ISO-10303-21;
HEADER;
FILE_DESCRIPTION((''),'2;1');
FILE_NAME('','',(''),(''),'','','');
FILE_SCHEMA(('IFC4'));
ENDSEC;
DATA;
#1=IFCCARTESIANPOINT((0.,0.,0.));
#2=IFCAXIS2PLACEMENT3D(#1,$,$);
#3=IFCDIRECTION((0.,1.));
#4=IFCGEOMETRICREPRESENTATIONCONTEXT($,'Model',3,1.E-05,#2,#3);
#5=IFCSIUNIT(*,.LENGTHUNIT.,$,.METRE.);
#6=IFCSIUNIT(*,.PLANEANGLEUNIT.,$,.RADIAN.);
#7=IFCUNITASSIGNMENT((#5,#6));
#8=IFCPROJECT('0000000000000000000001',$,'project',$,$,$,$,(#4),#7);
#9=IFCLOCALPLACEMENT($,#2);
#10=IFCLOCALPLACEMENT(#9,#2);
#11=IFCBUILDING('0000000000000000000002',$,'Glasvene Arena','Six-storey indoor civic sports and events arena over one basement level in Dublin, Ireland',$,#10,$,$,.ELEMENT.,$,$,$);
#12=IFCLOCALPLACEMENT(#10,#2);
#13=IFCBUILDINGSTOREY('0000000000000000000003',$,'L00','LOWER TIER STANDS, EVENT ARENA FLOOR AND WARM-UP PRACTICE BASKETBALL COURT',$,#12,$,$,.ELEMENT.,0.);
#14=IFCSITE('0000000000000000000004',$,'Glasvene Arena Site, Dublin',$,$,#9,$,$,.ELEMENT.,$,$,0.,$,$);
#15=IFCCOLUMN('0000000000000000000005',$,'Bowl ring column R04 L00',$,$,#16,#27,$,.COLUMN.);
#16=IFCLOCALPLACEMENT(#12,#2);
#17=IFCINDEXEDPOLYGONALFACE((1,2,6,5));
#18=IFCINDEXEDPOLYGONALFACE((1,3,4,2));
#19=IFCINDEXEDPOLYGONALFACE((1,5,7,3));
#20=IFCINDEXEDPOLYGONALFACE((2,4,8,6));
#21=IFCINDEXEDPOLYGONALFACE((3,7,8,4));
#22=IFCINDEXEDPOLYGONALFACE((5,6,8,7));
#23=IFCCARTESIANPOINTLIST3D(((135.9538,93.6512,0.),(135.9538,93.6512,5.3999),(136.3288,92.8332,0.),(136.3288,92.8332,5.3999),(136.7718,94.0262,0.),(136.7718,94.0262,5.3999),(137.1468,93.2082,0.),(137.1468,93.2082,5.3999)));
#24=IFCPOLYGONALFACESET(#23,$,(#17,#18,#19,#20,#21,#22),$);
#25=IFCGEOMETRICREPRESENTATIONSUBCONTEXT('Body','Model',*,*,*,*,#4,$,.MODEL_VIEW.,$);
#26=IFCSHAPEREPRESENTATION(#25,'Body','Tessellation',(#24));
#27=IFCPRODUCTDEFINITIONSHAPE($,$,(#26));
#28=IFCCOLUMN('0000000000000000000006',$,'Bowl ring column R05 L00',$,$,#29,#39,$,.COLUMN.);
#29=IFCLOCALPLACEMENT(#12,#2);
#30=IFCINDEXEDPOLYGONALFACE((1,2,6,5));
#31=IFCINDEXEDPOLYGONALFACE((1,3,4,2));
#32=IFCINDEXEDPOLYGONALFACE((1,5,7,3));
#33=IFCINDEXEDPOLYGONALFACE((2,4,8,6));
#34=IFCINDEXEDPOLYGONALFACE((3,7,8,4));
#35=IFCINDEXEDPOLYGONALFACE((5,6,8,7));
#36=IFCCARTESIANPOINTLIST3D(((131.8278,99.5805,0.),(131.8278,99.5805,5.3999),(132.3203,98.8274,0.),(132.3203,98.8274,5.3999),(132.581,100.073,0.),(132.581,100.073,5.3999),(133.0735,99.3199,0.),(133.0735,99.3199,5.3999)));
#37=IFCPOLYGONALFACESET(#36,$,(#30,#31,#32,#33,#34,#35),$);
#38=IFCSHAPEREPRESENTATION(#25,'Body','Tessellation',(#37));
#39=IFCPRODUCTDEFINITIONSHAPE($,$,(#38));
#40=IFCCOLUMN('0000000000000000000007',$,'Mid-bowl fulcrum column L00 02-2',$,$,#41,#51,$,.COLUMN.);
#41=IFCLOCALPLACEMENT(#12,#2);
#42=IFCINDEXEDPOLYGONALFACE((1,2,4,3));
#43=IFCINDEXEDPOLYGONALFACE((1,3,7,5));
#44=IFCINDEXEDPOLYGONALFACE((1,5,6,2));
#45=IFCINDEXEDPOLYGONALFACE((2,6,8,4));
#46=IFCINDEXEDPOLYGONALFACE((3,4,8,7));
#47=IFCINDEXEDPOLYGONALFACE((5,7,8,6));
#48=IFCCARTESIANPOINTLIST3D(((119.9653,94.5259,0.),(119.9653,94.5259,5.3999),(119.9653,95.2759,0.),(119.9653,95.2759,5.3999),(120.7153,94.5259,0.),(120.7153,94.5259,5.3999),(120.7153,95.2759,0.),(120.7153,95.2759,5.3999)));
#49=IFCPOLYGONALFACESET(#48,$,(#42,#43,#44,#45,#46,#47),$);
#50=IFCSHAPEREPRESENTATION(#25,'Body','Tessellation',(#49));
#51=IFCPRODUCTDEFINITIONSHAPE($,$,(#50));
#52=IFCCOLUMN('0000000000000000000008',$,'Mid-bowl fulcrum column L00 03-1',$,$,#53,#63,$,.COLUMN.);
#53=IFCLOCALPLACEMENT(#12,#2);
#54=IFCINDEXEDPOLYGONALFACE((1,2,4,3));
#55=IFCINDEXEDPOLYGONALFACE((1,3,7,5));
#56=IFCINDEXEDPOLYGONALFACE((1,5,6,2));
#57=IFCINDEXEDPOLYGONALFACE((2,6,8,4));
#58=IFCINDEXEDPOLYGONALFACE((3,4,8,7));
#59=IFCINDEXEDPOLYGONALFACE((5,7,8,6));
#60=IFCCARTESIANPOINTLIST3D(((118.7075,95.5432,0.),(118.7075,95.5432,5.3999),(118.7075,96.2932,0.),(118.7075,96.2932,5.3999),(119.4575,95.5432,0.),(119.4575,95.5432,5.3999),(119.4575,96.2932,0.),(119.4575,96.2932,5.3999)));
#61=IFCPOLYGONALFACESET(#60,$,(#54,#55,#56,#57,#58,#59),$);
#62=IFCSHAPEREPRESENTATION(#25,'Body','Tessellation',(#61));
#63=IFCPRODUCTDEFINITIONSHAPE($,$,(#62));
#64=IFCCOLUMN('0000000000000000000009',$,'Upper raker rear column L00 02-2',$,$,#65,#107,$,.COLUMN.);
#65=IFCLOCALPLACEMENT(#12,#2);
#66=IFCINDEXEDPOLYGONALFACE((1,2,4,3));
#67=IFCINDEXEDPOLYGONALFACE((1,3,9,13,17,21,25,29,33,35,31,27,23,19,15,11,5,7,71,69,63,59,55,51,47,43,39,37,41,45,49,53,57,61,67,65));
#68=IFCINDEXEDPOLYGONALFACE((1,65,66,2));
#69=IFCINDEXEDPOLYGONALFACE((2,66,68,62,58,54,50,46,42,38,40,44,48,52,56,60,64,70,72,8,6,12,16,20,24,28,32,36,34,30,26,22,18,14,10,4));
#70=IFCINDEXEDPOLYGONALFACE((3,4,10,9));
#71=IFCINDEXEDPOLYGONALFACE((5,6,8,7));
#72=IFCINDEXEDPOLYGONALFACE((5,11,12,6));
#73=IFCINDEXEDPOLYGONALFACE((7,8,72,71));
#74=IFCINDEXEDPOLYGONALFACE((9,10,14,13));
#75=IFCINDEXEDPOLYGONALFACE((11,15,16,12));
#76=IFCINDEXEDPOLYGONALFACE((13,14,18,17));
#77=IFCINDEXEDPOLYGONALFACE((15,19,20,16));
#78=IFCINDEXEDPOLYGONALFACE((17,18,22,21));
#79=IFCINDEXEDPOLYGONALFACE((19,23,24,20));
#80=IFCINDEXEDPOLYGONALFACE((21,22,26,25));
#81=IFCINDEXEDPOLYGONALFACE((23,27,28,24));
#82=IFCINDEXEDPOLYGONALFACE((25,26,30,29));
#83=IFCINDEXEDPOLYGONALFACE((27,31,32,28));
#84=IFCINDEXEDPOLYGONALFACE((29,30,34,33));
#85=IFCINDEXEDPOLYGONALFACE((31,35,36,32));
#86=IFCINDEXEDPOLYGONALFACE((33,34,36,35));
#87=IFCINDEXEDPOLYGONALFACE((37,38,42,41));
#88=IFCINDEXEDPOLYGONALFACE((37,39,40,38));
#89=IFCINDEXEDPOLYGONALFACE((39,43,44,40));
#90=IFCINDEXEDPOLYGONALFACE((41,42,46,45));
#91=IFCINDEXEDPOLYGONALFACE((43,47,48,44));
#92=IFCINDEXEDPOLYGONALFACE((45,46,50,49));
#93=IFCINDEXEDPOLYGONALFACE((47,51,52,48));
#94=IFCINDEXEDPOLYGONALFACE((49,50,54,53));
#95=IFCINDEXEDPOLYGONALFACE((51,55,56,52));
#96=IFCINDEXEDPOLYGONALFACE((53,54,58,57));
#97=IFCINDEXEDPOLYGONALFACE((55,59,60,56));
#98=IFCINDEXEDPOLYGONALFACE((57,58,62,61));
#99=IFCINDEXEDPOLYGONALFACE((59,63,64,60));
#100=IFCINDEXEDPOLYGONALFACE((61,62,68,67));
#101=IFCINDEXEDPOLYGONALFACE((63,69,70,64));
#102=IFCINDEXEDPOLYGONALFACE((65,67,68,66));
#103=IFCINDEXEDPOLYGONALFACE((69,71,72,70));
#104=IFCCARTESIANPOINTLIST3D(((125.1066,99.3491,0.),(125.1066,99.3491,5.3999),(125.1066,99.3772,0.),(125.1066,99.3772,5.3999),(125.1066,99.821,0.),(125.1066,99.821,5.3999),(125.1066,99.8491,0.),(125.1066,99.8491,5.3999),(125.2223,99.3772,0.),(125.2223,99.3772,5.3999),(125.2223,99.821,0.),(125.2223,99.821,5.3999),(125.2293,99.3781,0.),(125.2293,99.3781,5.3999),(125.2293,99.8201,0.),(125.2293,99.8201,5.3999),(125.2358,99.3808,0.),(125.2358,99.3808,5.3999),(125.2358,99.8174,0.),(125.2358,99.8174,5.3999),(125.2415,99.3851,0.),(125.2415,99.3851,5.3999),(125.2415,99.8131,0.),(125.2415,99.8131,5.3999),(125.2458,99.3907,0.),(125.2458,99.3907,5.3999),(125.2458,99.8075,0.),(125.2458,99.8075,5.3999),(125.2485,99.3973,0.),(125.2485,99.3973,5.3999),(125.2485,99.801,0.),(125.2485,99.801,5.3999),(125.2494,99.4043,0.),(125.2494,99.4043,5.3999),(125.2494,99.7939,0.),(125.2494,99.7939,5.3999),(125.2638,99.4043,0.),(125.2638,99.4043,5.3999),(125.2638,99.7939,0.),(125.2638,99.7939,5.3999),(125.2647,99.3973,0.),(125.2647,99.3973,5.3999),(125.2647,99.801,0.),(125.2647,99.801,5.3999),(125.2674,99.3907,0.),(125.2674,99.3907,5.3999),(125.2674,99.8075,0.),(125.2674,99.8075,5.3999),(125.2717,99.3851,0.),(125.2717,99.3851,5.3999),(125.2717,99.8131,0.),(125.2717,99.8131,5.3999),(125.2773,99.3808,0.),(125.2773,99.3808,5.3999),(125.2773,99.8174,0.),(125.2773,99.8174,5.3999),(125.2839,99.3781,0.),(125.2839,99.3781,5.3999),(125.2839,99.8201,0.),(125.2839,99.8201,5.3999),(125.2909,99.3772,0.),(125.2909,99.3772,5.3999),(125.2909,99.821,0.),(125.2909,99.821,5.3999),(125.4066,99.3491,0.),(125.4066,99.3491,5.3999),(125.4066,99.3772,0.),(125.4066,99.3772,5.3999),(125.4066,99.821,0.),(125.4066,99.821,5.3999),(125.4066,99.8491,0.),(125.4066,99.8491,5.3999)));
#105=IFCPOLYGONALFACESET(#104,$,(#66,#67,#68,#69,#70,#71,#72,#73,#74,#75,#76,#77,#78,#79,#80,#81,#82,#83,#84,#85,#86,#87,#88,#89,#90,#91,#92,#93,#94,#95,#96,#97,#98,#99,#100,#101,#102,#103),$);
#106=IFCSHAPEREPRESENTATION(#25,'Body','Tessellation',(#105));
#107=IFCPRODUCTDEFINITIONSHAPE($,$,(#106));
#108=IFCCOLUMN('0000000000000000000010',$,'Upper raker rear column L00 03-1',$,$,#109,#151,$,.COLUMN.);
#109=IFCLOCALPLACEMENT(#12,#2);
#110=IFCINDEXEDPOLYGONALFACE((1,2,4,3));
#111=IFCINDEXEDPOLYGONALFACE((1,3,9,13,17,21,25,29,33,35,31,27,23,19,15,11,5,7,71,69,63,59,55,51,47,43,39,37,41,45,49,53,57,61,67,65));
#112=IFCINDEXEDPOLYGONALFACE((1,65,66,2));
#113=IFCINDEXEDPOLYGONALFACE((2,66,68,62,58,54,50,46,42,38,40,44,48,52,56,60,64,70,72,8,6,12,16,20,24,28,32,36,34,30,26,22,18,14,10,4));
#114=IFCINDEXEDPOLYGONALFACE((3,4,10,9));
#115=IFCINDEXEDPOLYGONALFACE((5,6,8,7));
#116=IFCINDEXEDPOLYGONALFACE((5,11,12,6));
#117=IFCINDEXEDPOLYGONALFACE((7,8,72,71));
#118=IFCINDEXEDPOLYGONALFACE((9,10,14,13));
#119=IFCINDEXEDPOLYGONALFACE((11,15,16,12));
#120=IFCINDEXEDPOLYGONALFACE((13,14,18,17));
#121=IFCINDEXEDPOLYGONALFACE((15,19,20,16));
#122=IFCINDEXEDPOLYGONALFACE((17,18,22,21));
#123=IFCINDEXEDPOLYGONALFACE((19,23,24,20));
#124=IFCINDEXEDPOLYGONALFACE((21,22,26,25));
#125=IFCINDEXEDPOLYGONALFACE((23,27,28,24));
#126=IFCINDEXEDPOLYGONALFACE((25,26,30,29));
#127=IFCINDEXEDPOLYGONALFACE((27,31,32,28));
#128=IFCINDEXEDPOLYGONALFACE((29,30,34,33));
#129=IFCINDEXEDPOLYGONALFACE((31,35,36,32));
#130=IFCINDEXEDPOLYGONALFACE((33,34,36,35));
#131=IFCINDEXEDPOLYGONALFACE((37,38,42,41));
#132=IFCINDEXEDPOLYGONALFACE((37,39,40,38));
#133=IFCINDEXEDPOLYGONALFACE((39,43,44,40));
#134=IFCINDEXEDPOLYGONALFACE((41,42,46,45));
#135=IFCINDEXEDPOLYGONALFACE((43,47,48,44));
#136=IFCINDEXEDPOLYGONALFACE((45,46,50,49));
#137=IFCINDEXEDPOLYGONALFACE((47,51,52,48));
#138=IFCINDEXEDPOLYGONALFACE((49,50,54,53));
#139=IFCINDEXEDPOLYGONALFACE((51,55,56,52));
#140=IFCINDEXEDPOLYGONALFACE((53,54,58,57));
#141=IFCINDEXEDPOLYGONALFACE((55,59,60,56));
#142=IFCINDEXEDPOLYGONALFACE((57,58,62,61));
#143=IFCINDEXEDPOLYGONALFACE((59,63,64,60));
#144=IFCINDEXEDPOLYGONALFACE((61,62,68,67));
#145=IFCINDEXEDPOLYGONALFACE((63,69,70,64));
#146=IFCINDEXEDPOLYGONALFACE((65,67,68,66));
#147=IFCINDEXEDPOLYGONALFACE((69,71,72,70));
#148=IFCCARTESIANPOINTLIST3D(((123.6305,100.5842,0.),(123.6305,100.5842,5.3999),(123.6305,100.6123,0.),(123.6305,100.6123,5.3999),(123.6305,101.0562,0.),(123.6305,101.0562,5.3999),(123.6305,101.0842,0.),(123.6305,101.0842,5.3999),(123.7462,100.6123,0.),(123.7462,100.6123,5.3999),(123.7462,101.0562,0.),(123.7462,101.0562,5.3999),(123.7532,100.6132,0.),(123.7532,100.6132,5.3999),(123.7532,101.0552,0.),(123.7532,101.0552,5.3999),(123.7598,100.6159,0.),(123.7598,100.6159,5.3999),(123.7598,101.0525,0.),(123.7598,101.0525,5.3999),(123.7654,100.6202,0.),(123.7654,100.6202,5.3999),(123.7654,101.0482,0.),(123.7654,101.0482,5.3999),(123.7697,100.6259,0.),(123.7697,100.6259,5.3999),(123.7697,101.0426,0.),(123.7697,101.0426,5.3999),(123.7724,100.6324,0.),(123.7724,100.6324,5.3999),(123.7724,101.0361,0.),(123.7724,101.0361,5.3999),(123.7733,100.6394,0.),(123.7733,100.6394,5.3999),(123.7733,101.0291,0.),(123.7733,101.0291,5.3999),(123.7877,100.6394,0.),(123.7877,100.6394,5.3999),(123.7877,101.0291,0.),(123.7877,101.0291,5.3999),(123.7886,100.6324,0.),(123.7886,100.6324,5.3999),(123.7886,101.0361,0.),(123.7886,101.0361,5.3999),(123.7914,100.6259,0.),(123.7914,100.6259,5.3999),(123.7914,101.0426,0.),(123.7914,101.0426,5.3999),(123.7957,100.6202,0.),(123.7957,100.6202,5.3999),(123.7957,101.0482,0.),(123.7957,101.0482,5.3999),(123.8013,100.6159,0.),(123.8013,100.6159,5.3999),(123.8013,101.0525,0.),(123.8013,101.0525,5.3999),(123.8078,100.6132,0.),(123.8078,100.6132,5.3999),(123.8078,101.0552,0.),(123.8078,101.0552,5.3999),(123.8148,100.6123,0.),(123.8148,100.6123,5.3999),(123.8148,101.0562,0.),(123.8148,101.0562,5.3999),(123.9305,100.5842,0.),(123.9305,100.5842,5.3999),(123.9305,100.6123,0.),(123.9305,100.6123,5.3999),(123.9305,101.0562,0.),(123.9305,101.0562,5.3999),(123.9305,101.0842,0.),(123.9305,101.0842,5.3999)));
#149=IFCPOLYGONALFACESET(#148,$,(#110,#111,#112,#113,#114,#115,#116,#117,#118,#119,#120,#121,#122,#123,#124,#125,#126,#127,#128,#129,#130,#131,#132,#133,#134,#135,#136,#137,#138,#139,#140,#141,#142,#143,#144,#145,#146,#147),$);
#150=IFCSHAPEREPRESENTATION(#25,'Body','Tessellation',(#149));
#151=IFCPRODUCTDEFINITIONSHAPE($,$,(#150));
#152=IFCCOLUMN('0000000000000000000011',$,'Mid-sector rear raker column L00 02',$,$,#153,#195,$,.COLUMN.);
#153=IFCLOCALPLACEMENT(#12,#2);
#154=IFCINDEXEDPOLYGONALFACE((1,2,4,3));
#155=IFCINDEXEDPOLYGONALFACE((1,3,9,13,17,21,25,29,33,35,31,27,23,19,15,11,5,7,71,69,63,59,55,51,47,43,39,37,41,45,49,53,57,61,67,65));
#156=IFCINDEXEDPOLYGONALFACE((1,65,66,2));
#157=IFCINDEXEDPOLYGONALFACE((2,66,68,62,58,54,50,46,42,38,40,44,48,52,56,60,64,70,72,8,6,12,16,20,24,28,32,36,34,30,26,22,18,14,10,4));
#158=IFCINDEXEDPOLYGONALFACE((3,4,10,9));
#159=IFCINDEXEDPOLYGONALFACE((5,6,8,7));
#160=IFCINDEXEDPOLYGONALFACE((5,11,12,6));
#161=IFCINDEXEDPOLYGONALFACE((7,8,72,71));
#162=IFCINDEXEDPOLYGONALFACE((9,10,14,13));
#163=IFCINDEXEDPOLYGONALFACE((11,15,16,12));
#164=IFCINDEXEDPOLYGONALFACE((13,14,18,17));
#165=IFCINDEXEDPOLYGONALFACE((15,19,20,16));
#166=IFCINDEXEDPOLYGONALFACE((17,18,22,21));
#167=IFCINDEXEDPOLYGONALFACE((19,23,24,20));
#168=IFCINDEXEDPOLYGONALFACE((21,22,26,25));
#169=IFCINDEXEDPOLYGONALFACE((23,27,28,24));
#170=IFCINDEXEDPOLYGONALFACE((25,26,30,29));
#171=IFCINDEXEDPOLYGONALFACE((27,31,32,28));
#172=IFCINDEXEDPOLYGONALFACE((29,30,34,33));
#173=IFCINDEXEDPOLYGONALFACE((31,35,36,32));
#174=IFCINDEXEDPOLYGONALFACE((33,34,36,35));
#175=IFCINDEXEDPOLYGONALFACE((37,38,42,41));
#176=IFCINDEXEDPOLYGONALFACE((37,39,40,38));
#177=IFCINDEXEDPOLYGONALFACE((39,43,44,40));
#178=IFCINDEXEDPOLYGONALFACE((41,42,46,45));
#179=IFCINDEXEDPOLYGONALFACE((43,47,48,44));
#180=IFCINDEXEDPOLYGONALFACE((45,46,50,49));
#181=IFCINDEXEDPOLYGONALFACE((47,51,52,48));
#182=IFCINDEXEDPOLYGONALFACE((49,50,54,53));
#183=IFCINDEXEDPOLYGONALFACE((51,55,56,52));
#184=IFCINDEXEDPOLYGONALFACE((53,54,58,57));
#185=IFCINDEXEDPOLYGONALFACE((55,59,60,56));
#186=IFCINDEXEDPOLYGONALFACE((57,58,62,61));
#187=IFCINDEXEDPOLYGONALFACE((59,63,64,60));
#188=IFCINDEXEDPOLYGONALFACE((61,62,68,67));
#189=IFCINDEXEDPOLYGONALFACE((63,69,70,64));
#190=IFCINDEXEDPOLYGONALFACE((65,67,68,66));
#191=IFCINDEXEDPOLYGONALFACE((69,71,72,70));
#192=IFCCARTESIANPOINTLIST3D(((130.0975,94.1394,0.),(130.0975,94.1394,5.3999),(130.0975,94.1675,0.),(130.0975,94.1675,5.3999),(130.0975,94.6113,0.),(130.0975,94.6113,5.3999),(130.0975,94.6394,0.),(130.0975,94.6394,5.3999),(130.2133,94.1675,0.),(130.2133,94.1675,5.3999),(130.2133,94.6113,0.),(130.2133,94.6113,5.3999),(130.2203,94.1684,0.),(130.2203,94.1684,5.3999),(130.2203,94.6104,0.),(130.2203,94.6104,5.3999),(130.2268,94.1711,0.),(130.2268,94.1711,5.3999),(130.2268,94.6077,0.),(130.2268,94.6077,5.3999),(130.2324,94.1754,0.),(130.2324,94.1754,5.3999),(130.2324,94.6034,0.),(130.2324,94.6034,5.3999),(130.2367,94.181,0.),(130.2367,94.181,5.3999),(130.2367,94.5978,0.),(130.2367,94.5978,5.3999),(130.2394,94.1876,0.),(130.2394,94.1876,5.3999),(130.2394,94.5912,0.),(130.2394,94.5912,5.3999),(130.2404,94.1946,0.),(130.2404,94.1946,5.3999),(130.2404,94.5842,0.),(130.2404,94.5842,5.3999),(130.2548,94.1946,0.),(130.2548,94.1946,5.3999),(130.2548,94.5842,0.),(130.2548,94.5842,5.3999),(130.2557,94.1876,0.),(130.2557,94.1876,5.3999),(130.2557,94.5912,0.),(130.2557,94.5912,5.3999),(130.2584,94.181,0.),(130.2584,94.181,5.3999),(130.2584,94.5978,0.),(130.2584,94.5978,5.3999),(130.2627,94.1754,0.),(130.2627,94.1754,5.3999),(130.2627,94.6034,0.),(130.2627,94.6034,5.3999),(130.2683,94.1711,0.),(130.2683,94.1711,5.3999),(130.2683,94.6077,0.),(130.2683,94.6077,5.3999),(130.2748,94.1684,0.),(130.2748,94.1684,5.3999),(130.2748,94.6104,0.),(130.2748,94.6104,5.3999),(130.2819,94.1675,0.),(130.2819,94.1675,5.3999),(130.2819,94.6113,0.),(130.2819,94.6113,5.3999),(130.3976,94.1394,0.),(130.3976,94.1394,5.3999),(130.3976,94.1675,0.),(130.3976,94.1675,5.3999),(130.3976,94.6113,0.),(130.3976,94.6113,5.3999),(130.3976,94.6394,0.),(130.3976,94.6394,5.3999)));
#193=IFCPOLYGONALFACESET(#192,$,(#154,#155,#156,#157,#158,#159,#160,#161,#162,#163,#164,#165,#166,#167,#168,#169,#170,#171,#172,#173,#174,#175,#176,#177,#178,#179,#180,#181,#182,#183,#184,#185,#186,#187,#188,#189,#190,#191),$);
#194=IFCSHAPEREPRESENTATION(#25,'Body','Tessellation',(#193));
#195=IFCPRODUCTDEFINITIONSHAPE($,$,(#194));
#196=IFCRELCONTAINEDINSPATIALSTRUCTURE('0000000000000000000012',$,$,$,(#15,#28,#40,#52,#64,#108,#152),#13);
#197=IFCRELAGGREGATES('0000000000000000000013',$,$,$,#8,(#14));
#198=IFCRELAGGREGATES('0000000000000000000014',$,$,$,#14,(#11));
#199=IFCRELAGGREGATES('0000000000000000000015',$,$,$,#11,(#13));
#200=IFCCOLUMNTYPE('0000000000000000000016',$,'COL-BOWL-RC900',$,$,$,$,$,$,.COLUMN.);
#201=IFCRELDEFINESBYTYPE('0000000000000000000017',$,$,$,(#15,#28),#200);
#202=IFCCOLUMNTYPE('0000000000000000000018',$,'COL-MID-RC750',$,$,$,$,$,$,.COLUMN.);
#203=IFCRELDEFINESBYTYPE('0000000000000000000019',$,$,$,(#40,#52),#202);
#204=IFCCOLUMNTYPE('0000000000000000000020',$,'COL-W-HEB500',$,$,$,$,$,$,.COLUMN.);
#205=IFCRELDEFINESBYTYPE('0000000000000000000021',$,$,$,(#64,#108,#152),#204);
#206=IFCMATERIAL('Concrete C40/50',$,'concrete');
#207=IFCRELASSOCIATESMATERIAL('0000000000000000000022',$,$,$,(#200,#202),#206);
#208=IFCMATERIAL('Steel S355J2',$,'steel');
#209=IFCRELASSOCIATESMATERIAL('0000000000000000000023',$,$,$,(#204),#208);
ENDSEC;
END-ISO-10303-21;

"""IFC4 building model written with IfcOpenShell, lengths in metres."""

from ifc_helpers import new_model, si_unit, direction, frame, origin, origin_2d, place, context, subcontext, project, spatial, rectangle, i_section, extrude, material, material_profile, profile_set, type_object, element, save


model = new_model("IFC4")

# Units and contexts
model_context = context("Model", 3, precision=1e-05, world=origin(), true_north=direction((0.0, 1.0)))
body_context = subcontext(model_context, "Body", "Model", "MODEL_VIEW")
ifc_project = project(units=[si_unit("LENGTHUNIT", "METRE"), si_unit("PLANEANGLEUNIT", "RADIAN")], contexts=[model_context])

# Site, building, storey
site_placement = place(None, origin())
site = spatial("IfcSite", under=ifc_project, at=site_placement, Name="Glasvene Arena Site, Dublin", CompositionType="ELEMENT", RefElevation=0.0)
building_placement = place(site_placement, origin())
building = spatial("IfcBuilding", under=site, at=building_placement, Name="Glasvene Arena", Description="Six-storey indoor civic sports and events arena over one basement level in Dublin, Ireland", CompositionType="ELEMENT")
storey_placement = place(building_placement, origin())
storey = spatial("IfcBuildingStorey", under=building, at=storey_placement, Name="L00", Description="LOWER TIER STANDS, EVENT ARENA FLOOR AND WARM-UP PRACTICE BASKETBALL COURT", CompositionType="ELEMENT", Elevation=0.0)

# Columns
ifc_material_1 = material(Name="Concrete C40/50", Category="concrete")
ifc_material_profile_1 = material_profile(ifc_material_1, rectangle(XDim=0.8999, YDim=0.8999, at=origin_2d()), Name="RC 900x900")
ifc_profile_set_1 = profile_set([ifc_material_profile_1], Name="Concrete C40/50")
column_type_1 = type_object("IfcColumnType", Name="COL-BOWL-RC900", PredefinedType="COLUMN", material=ifc_profile_set_1)
for number, where, z_axis, x_axis, name in (
    (1, (136.5503, 93.4297, 0.0), (0.0, 0.0, 1.0), (0.909018, 0.416757, 0.0), "Bowl ring column R04 L00"),
    (2, (132.4507, 99.4502, 0.0), (0.0, 0.0, 1.0), (0.836955, 0.547271, 0.0), "Bowl ring column R05 L00"),
):
    element("IfcColumn", number, at=place(storey_placement, frame(where, z_axis=z_axis, x_axis=x_axis)), inside=storey, type_object=column_type_1, Name=name, PredefinedType="COLUMN", context=body_context, shape_type="SweptSolid", body=[
        extrude(rectangle(XDim=0.8999, YDim=0.8999, at=origin_2d()), origin(), (0.0, 0.0, 1.0), 5.3999),
    ])
ifc_material_profile_2 = material_profile(ifc_material_1, rectangle(XDim=0.75, YDim=0.75, at=origin_2d()), Name="RC 750x750")
ifc_profile_set_2 = profile_set([ifc_material_profile_2], Name="Concrete C40/50")
column_type_2 = type_object("IfcColumnType", Name="COL-MID-RC750", PredefinedType="COLUMN", material=ifc_profile_set_2)
for number, where, z_axis, x_axis, name in (
    (3, (120.3403, 94.9009, 0.0), (0.0, 0.0, 1.0), (1.0, 0.0, 0.0), "Mid-bowl fulcrum column L00 02-2"),
    (4, (119.0825, 95.9182, 0.0), (0.0, 0.0, 1.0), (1.0, 0.0, 0.0), "Mid-bowl fulcrum column L00 03-1"),
):
    element("IfcColumn", number, at=place(storey_placement, frame(where, z_axis=z_axis, x_axis=x_axis)), inside=storey, type_object=column_type_2, Name=name, PredefinedType="COLUMN", context=body_context, shape_type="SweptSolid", body=[
        extrude(rectangle(XDim=0.75, YDim=0.75, at=origin_2d()), origin(), (0.0, 0.0, 1.0), 5.3999),
    ])
ifc_material_2 = material(Name="Steel S355J2", Category="steel")
ifc_material_profile_3 = material_profile(ifc_material_2, i_section(OverallWidth=0.3, OverallDepth=0.5, WebThickness=0.0144, FlangeThickness=0.0281, FilletRadius=0.0271, at=origin_2d()), Name="HEB 500")
ifc_profile_set_3 = profile_set([ifc_material_profile_3], Name="Steel S355J2")
column_type_3 = type_object("IfcColumnType", Name="COL-W-HEB500", PredefinedType="COLUMN", material=ifc_profile_set_3)
for number, where, z_axis, x_axis, name in (
    (5, (125.2566, 99.5991, 0.0), (0.0, 0.0, 1.0), (1.0, 0.0, 0.0), "Upper raker rear column L00 02-2"),
    (6, (123.7805, 100.8342, 0.0), (0.0, 0.0, 1.0), (1.0, 0.0, 0.0), "Upper raker rear column L00 03-1"),
    (7, (130.2476, 94.3894, 0.0), (0.0, 0.0, 1.0), (1.0, 0.0, 0.0), "Mid-sector rear raker column L00 02"),
):
    element("IfcColumn", number, at=place(storey_placement, frame(where, z_axis=z_axis, x_axis=x_axis)), inside=storey, type_object=column_type_3, Name=name, PredefinedType="COLUMN", context=body_context, shape_type="SweptSolid", body=[
        extrude(i_section(OverallWidth=0.3, OverallDepth=0.5, WebThickness=0.0144, FlangeThickness=0.0281, FilletRadius=0.0271, at=origin_2d()), origin(), (0.0, 0.0, 1.0), 5.3999),
    ])

save(model, "model.ifc")
